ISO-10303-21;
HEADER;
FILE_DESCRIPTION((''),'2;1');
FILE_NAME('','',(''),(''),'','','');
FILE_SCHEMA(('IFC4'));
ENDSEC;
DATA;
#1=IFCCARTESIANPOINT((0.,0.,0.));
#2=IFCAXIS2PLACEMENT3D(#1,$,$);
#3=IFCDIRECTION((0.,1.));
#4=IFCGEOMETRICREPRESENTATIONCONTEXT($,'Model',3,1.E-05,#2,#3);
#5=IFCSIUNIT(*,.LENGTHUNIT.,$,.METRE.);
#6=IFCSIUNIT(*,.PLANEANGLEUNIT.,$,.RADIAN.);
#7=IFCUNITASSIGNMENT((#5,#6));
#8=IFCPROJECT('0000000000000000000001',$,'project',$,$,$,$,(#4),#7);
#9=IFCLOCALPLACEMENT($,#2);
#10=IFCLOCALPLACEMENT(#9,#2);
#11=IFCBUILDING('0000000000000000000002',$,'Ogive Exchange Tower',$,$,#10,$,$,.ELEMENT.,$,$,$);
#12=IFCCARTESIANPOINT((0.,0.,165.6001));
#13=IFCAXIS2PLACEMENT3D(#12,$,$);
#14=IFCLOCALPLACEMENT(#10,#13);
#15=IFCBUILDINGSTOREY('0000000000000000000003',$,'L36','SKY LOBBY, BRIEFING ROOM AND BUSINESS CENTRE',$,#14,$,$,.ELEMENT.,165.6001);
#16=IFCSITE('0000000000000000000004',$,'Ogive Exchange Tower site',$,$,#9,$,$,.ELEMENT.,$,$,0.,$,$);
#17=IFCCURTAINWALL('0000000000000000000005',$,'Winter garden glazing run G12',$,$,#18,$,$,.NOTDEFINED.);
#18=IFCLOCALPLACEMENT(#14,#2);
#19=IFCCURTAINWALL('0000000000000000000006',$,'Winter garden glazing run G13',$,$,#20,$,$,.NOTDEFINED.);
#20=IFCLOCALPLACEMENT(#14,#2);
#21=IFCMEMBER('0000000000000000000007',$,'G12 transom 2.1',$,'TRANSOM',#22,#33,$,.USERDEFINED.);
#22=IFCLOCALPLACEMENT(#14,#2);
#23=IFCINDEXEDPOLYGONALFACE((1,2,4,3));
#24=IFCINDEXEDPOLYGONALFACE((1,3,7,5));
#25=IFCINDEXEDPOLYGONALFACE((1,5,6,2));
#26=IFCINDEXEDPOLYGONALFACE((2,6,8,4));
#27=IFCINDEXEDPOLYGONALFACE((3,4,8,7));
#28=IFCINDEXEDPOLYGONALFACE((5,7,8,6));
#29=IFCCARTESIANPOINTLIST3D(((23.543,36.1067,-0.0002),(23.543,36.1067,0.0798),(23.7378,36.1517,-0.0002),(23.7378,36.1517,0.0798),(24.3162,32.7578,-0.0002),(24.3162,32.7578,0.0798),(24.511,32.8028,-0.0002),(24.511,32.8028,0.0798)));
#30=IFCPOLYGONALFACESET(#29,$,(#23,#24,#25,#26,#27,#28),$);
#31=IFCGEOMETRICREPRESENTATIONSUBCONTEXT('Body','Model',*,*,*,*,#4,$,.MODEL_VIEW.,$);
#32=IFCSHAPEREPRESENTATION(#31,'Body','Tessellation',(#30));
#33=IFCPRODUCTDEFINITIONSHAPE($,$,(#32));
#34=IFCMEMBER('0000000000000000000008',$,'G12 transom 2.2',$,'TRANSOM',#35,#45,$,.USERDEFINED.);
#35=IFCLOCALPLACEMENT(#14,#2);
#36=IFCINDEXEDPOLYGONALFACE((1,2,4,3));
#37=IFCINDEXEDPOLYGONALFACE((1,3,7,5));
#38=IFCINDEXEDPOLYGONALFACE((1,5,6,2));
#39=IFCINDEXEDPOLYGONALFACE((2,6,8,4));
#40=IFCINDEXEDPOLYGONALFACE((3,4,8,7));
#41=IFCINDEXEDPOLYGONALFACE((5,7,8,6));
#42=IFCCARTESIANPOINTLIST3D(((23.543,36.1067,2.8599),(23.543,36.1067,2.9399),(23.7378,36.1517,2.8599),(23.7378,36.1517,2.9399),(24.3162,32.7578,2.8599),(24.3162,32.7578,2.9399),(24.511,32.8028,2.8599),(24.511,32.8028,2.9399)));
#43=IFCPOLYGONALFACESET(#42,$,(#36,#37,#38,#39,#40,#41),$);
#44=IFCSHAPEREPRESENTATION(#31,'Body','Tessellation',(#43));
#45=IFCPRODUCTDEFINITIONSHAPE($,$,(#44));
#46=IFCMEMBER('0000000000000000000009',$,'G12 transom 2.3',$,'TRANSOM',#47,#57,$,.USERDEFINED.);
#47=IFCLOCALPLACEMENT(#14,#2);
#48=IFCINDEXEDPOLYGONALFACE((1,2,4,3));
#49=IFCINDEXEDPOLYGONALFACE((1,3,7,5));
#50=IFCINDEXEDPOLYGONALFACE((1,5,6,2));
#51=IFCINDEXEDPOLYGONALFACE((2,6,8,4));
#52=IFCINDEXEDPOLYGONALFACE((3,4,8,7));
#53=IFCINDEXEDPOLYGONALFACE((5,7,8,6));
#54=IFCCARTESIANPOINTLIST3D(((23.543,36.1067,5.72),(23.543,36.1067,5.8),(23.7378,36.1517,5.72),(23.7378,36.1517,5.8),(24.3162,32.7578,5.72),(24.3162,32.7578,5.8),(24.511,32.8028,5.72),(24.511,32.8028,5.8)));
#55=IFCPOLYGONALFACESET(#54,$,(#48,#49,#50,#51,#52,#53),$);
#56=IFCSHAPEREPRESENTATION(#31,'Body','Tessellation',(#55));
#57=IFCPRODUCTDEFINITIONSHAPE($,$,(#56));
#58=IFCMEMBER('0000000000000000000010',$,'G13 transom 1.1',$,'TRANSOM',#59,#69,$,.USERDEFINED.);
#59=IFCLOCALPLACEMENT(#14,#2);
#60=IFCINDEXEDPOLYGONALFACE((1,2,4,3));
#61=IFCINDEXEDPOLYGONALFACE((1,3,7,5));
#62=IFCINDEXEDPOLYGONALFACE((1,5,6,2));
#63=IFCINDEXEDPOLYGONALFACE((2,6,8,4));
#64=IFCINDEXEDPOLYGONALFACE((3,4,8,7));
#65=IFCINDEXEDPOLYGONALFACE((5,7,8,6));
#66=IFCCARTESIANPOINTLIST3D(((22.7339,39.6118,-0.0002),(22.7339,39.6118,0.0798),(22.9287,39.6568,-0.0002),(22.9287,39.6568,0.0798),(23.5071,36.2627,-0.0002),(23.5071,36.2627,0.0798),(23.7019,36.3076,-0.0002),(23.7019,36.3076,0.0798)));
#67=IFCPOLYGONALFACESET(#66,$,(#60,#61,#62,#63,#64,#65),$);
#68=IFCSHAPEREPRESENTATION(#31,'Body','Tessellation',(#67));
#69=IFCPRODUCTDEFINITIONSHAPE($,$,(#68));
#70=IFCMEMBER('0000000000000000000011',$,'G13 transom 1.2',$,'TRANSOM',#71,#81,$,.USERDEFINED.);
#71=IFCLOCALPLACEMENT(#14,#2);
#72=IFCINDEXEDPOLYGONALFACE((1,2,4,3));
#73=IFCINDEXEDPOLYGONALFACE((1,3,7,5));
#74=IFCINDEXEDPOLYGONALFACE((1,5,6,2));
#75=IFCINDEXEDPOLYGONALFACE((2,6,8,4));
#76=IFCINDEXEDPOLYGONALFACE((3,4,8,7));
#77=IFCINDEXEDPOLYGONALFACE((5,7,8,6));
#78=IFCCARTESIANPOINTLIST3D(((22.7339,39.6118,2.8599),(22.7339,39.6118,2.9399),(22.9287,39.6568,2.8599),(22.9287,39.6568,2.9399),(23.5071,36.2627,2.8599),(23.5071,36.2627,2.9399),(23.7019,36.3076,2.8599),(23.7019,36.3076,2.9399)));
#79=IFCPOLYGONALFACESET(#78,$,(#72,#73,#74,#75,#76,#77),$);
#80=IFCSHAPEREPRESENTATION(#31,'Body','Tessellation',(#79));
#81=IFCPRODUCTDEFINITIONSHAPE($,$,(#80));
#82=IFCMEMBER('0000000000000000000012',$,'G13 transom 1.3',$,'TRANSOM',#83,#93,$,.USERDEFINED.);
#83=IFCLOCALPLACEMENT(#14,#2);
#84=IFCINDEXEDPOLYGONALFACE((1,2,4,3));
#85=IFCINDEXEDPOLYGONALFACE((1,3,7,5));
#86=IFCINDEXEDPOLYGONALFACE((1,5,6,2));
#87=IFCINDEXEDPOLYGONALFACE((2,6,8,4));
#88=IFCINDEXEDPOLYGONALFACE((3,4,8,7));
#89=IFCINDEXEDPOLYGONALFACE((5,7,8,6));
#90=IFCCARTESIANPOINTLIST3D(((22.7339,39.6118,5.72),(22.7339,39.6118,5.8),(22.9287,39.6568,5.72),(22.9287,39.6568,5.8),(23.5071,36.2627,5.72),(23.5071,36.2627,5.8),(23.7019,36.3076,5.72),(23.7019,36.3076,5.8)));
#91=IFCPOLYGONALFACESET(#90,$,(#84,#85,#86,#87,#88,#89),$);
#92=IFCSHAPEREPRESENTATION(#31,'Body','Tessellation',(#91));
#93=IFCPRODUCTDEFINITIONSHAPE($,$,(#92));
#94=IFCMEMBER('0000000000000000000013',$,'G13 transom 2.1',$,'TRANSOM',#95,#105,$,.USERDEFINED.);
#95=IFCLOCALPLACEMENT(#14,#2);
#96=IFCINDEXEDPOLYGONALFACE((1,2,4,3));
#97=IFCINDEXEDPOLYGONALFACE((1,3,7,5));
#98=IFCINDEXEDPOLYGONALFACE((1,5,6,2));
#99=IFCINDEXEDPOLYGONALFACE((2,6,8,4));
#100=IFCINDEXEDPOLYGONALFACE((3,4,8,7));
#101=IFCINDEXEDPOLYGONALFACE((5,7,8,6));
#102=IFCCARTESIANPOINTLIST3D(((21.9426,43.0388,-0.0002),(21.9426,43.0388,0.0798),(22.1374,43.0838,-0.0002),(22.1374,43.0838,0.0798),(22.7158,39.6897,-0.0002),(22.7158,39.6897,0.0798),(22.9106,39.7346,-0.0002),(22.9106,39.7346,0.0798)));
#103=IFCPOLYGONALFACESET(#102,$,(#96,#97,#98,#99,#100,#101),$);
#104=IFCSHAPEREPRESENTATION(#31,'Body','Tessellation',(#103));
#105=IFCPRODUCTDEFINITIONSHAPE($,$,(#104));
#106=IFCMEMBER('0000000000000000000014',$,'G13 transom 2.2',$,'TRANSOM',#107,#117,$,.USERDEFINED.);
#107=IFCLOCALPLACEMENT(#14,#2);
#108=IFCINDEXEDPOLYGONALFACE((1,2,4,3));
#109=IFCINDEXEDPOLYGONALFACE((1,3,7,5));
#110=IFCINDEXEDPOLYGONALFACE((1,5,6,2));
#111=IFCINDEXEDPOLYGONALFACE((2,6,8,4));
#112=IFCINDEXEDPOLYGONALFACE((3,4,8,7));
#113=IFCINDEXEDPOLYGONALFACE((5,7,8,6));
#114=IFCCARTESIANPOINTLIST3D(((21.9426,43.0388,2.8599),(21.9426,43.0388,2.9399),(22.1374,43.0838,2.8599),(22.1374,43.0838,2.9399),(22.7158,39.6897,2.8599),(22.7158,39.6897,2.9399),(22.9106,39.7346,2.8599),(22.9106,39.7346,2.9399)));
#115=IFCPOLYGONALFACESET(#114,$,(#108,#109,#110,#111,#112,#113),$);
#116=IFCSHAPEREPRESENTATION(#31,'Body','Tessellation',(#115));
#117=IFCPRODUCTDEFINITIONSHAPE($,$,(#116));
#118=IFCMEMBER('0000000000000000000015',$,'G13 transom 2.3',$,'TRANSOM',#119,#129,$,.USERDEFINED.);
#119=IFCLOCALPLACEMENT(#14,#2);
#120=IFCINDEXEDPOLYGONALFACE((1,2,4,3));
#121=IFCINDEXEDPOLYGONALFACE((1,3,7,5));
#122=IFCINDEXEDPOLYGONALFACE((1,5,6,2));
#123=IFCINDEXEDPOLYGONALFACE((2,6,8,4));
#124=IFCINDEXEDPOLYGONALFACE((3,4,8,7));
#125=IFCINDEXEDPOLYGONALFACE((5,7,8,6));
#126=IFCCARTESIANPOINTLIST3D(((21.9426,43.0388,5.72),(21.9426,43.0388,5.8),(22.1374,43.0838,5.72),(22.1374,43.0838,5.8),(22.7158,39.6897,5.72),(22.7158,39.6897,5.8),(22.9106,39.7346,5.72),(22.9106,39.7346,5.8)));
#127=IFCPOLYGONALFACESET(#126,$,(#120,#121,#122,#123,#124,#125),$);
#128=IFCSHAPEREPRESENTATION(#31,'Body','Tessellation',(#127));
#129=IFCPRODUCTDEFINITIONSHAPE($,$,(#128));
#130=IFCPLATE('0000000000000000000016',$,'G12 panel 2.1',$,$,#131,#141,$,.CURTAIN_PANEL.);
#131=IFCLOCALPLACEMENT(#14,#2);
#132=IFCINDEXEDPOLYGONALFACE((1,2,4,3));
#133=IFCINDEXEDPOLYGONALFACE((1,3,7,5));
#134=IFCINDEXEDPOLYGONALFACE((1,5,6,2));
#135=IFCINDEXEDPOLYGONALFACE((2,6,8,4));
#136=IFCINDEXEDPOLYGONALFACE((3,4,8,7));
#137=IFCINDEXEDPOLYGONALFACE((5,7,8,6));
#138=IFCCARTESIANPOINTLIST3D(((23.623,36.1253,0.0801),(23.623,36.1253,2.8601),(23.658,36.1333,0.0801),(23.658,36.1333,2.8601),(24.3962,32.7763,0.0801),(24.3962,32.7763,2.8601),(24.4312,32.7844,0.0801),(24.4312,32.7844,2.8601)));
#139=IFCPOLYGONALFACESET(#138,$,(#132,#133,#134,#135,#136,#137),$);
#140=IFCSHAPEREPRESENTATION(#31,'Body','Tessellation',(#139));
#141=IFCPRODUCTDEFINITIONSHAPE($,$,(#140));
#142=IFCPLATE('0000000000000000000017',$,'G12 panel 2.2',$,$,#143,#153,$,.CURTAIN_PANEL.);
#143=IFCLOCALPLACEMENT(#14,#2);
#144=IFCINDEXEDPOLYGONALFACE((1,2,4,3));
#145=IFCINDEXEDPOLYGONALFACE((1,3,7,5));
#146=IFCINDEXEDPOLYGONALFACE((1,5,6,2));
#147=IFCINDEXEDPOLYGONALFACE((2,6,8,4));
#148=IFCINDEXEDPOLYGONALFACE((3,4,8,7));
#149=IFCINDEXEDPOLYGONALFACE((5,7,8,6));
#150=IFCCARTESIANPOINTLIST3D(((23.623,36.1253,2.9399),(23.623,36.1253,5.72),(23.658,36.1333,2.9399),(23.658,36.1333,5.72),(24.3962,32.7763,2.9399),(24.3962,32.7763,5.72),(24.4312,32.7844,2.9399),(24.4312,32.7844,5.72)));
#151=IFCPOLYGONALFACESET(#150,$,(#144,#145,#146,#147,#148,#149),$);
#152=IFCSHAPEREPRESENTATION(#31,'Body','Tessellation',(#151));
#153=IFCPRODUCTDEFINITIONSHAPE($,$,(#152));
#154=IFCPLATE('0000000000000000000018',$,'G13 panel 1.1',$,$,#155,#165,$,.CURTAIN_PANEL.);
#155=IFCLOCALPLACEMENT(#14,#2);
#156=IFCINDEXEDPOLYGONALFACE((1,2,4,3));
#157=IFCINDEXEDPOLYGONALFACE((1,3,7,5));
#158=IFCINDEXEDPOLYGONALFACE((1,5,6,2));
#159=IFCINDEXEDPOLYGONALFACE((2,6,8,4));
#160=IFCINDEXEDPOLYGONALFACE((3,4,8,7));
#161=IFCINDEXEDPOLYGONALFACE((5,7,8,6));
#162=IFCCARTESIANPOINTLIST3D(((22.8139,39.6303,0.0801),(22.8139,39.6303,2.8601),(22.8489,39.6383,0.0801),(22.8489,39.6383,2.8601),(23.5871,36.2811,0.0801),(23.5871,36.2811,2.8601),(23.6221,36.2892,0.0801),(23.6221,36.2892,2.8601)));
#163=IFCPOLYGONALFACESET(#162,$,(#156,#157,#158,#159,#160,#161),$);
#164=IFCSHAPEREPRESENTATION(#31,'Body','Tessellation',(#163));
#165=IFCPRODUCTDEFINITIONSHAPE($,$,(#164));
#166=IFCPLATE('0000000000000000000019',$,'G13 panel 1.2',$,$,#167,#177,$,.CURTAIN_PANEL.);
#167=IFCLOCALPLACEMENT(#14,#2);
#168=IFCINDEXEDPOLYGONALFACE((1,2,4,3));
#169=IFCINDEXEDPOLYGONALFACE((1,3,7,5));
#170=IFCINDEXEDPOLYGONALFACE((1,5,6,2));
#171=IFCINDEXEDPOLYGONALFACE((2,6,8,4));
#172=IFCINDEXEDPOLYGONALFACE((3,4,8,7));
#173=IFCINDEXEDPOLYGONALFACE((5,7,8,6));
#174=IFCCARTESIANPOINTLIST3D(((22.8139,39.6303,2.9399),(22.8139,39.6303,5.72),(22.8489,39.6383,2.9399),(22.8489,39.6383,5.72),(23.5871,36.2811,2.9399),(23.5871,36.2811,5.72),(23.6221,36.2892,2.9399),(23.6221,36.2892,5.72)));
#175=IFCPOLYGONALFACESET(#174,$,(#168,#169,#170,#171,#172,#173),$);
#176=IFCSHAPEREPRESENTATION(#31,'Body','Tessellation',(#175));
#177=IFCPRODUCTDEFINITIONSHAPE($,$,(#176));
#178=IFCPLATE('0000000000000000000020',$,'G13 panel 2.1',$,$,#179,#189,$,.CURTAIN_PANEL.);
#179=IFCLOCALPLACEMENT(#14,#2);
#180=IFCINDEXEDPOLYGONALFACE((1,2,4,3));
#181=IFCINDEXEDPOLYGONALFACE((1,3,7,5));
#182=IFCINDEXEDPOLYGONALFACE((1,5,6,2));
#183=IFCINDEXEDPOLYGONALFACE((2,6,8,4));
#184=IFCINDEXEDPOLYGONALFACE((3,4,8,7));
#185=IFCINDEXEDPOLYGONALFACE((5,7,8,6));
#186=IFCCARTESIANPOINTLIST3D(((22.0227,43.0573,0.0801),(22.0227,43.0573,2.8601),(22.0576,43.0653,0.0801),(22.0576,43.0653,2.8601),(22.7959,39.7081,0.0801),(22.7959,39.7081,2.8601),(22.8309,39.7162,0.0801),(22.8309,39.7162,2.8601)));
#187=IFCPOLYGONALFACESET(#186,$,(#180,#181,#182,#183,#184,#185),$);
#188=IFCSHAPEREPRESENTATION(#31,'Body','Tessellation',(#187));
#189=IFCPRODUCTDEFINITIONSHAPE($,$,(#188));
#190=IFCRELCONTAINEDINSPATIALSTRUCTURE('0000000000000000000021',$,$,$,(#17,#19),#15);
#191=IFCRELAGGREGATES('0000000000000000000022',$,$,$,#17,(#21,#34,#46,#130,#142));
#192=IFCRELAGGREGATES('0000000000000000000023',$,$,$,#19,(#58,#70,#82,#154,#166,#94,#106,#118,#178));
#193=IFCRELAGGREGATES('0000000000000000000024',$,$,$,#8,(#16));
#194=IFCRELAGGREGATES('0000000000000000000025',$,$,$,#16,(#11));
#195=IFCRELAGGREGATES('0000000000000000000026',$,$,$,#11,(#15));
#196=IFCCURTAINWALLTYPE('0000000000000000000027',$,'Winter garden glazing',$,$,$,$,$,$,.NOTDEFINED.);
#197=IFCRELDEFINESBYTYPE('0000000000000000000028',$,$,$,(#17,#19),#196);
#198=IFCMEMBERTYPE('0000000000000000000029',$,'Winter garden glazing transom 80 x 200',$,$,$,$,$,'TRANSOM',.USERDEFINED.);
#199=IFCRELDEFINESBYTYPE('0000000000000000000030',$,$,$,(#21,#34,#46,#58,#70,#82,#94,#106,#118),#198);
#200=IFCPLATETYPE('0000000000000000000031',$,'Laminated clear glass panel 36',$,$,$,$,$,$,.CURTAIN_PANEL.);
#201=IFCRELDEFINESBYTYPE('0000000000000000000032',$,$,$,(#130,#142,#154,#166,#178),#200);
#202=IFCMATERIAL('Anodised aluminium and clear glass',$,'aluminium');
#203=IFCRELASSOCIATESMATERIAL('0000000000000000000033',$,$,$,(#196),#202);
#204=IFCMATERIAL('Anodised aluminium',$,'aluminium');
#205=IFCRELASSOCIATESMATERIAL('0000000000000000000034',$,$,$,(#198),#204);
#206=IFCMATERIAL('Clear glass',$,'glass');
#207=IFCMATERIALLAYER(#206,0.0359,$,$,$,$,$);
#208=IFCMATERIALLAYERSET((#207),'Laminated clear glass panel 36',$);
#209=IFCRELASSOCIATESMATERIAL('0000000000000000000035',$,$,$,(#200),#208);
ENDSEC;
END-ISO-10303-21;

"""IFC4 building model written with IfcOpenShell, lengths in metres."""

from ifc_helpers import new_model, si_unit, direction, frame, origin, origin_2d, place, context, subcontext, project, spatial, rectangle, extrude, material, layer, layer_set, material_profile, profile_set, type_object, element, aggregate, save


model = new_model("IFC4")

# Units and contexts
model_context = context("Model", 3, precision=1e-05, world=origin(), true_north=direction((0.0, 1.0)))
body_context = subcontext(model_context, "Body", "Model", "MODEL_VIEW")
ifc_project = project(units=[si_unit("LENGTHUNIT", "METRE"), si_unit("PLANEANGLEUNIT", "RADIAN")], contexts=[model_context])

# Site, building, storey
site_placement = place(None, origin())
site = spatial("IfcSite", under=ifc_project, at=site_placement, Name="Ogive Exchange Tower site", CompositionType="ELEMENT", RefElevation=0.0)
building_placement = place(site_placement, origin())
building = spatial("IfcBuilding", under=site, at=building_placement, Name="Ogive Exchange Tower", CompositionType="ELEMENT")
storey_placement = place(building_placement, frame((0.0, 0.0, 165.6001)))
storey = spatial("IfcBuildingStorey", under=building, at=storey_placement, Name="L36", Description="SKY LOBBY, BRIEFING ROOM AND BUSINESS CENTRE", CompositionType="ELEMENT", Elevation=165.6001)

# Curtain walls
ifc_material_1 = material(Name="Anodised aluminium and clear glass", Category="aluminium")
curtain_wall_type = type_object("IfcCurtainWallType", Name="Winter garden glazing", PredefinedType="NOTDEFINED", material=ifc_material_1)
curtain_wall_1_placement = place(storey_placement, origin())
curtain_wall_1 = element("IfcCurtainWall", 1, at=curtain_wall_1_placement, inside=storey, type_object=curtain_wall_type, Name="Winter garden glazing run G12", PredefinedType="NOTDEFINED")
ifc_material_2 = material(Name="Anodised aluminium", Category="aluminium")
curtain_wall_2_placement = place(storey_placement, origin())
curtain_wall_2 = element("IfcCurtainWall", 2, at=curtain_wall_2_placement, inside=storey, type_object=curtain_wall_type, Name="Winter garden glazing run G13", PredefinedType="NOTDEFINED")

# Members
ifc_material_profile_1 = material_profile(ifc_material_2, rectangle(XDim=0.2, YDim=0.0801, at=origin_2d()), Name="AL 80x200")
ifc_profile_set_1 = profile_set([ifc_material_profile_1], Name="Anodised aluminium")
member_type_1 = type_object("IfcMemberType", Name="Winter garden glazing transom 80 x 200", ElementType="TRANSOM", PredefinedType="USERDEFINED", material=ifc_profile_set_1)
member_1_placement = place(storey_placement, frame((24.4136, 32.7803, 0.0398), z_axis=(-0.224963, 0.974367, 0.0), x_axis=(-0.974367, -0.224963, 0.0)))
member_1 = element("IfcMember", 3, at=member_1_placement, type_object=member_type_1, Name="G12 transom 2.1", ObjectType="TRANSOM", PredefinedType="USERDEFINED", context=body_context, shape_type="SweptSolid", body=[
    extrude(rectangle(XDim=0.2, YDim=0.0801, at=origin_2d()), origin(), (0.0, 0.0, 1.0), 3.437),
])
member_2_placement = place(storey_placement, frame((24.4136, 32.7803, 2.8999), z_axis=(-0.224963, 0.974367, 0.0), x_axis=(-0.974367, -0.224963, 0.0)))
member_2 = element("IfcMember", 4, at=member_2_placement, type_object=member_type_1, Name="G12 transom 2.2", ObjectType="TRANSOM", PredefinedType="USERDEFINED", context=body_context, shape_type="SweptSolid", body=[
    extrude(rectangle(XDim=0.2, YDim=0.0801, at=origin_2d()), origin(), (0.0, 0.0, 1.0), 3.437),
])
member_3_placement = place(storey_placement, frame((24.4136, 32.7803, 5.76), z_axis=(-0.224963, 0.974367, 0.0), x_axis=(-0.974367, -0.224963, 0.0)))
member_3 = element("IfcMember", 5, at=member_3_placement, type_object=member_type_1, Name="G12 transom 2.3", ObjectType="TRANSOM", PredefinedType="USERDEFINED", context=body_context, shape_type="SweptSolid", body=[
    extrude(rectangle(XDim=0.2, YDim=0.0801, at=origin_2d()), origin(), (0.0, 0.0, 1.0), 3.437),
])
member_4_placement = place(storey_placement, frame((23.6045, 36.2852, 0.0398), z_axis=(-0.224948, 0.974371, 0.0), x_axis=(-0.974371, -0.224948, 0.0)))
member_4 = element("IfcMember", 6, at=member_4_placement, type_object=member_type_1, Name="G13 transom 1.1", ObjectType="TRANSOM", PredefinedType="USERDEFINED", context=body_context, shape_type="SweptSolid", body=[
    extrude(rectangle(XDim=0.2, YDim=0.0801, at=origin_2d()), origin(), (0.0, 0.0, 1.0), 3.4373),
])
member_5_placement = place(storey_placement, frame((23.6045, 36.2852, 2.8999), z_axis=(-0.224948, 0.974371, 0.0), x_axis=(-0.974371, -0.224948, 0.0)))
member_5 = element("IfcMember", 7, at=member_5_placement, type_object=member_type_1, Name="G13 transom 1.2", ObjectType="TRANSOM", PredefinedType="USERDEFINED", context=body_context, shape_type="SweptSolid", body=[
    extrude(rectangle(XDim=0.2, YDim=0.0801, at=origin_2d()), origin(), (0.0, 0.0, 1.0), 3.4373),
])
member_6_placement = place(storey_placement, frame((23.6045, 36.2852, 5.76), z_axis=(-0.224948, 0.974371, 0.0), x_axis=(-0.974371, -0.224948, 0.0)))
member_6 = element("IfcMember", 8, at=member_6_placement, type_object=member_type_1, Name="G13 transom 1.3", ObjectType="TRANSOM", PredefinedType="USERDEFINED", context=body_context, shape_type="SweptSolid", body=[
    extrude(rectangle(XDim=0.2, YDim=0.0801, at=origin_2d()), origin(), (0.0, 0.0, 1.0), 3.4373),
])
member_7_placement = place(storey_placement, frame((22.8132, 39.7122, 0.0398), z_axis=(-0.224948, 0.974371, 0.0), x_axis=(-0.974371, -0.224948, 0.0)))
member_7 = element("IfcMember", 9, at=member_7_placement, type_object=member_type_1, Name="G13 transom 2.1", ObjectType="TRANSOM", PredefinedType="USERDEFINED", context=body_context, shape_type="SweptSolid", body=[
    extrude(rectangle(XDim=0.2, YDim=0.0801, at=origin_2d()), origin(), (0.0, 0.0, 1.0), 3.4373),
])
member_8_placement = place(storey_placement, frame((22.8132, 39.7122, 2.8999), z_axis=(-0.224948, 0.974371, 0.0), x_axis=(-0.974371, -0.224948, 0.0)))
member_8 = element("IfcMember", 10, at=member_8_placement, type_object=member_type_1, Name="G13 transom 2.2", ObjectType="TRANSOM", PredefinedType="USERDEFINED", context=body_context, shape_type="SweptSolid", body=[
    extrude(rectangle(XDim=0.2, YDim=0.0801, at=origin_2d()), origin(), (0.0, 0.0, 1.0), 3.4373),
])
member_9_placement = place(storey_placement, frame((22.8132, 39.7122, 5.76), z_axis=(-0.224948, 0.974371, 0.0), x_axis=(-0.974371, -0.224948, 0.0)))
member_9 = element("IfcMember", 11, at=member_9_placement, type_object=member_type_1, Name="G13 transom 2.3", ObjectType="TRANSOM", PredefinedType="USERDEFINED", context=body_context, shape_type="SweptSolid", body=[
    extrude(rectangle(XDim=0.2, YDim=0.0801, at=origin_2d()), origin(), (0.0, 0.0, 1.0), 3.4373),
])

# Plates
ifc_material_3 = material(Name="Clear glass", Category="glass")
ifc_layer_1 = layer(ifc_material_3, 0.0359)
ifc_layer_set_1 = layer_set([ifc_layer_1], Name="Laminated clear glass panel 36")
plate_type = type_object("IfcPlateType", Name="Laminated clear glass panel 36", PredefinedType="CURTAIN_PANEL", material=ifc_layer_set_1)
plate_1_placement = place(storey_placement, frame((24.0271, 34.4548, 0.0801), z_axis=(0.0, 0.0, 1.0), x_axis=(-0.224944, 0.974372, 0.0)))
plate_1 = element("IfcPlate", 12, at=plate_1_placement, type_object=plate_type, Name="G12 panel 2.1", PredefinedType="CURTAIN_PANEL", context=body_context, shape_type="SweptSolid", body=[
    extrude(rectangle(XDim=3.437, YDim=0.0359, at=origin_2d()), origin(), (0.0, 0.0, 1.0), 2.78),
])
plate_2_placement = place(storey_placement, frame((24.0271, 34.4548, 2.9399), z_axis=(0.0, 0.0, 1.0), x_axis=(-0.224944, 0.974372, 0.0)))
plate_2 = element("IfcPlate", 13, at=plate_2_placement, type_object=plate_type, Name="G12 panel 2.2", PredefinedType="CURTAIN_PANEL", context=body_context, shape_type="SweptSolid", body=[
    extrude(rectangle(XDim=3.437, YDim=0.0359, at=origin_2d()), origin(), (0.0, 0.0, 1.0), 2.78),
])
aggregate(curtain_wall_1, [member_1, member_2, member_3, plate_1, plate_2])
plate_3_placement = place(storey_placement, frame((23.218, 37.9597, 0.0801), z_axis=(0.0, 0.0, 1.0), x_axis=(-0.224954, 0.974369, 0.0)))
plate_3 = element("IfcPlate", 14, at=plate_3_placement, type_object=plate_type, Name="G13 panel 1.1", PredefinedType="CURTAIN_PANEL", context=body_context, shape_type="SweptSolid", body=[
    extrude(rectangle(XDim=3.4373, YDim=0.0359, at=origin_2d()), origin(), (0.0, 0.0, 1.0), 2.78),
])
plate_4_placement = place(storey_placement, frame((23.218, 37.9597, 2.9399), z_axis=(0.0, 0.0, 1.0), x_axis=(-0.224954, 0.974369, 0.0)))
plate_4 = element("IfcPlate", 15, at=plate_4_placement, type_object=plate_type, Name="G13 panel 1.2", PredefinedType="CURTAIN_PANEL", context=body_context, shape_type="SweptSolid", body=[
    extrude(rectangle(XDim=3.4373, YDim=0.0359, at=origin_2d()), origin(), (0.0, 0.0, 1.0), 2.78),
])
plate_5_placement = place(storey_placement, frame((22.4268, 41.3867, 0.0801), z_axis=(0.0, 0.0, 1.0), x_axis=(-0.224954, 0.974369, 0.0)))
plate_5 = element("IfcPlate", 16, at=plate_5_placement, type_object=plate_type, Name="G13 panel 2.1", PredefinedType="CURTAIN_PANEL", context=body_context, shape_type="SweptSolid", body=[
    extrude(rectangle(XDim=3.4373, YDim=0.0359, at=origin_2d()), origin(), (0.0, 0.0, 1.0), 2.78),
])
aggregate(curtain_wall_2, [member_4, member_5, member_6, plate_3, plate_4, member_7, member_8, member_9, plate_5])

save(model, "model.ifc")
